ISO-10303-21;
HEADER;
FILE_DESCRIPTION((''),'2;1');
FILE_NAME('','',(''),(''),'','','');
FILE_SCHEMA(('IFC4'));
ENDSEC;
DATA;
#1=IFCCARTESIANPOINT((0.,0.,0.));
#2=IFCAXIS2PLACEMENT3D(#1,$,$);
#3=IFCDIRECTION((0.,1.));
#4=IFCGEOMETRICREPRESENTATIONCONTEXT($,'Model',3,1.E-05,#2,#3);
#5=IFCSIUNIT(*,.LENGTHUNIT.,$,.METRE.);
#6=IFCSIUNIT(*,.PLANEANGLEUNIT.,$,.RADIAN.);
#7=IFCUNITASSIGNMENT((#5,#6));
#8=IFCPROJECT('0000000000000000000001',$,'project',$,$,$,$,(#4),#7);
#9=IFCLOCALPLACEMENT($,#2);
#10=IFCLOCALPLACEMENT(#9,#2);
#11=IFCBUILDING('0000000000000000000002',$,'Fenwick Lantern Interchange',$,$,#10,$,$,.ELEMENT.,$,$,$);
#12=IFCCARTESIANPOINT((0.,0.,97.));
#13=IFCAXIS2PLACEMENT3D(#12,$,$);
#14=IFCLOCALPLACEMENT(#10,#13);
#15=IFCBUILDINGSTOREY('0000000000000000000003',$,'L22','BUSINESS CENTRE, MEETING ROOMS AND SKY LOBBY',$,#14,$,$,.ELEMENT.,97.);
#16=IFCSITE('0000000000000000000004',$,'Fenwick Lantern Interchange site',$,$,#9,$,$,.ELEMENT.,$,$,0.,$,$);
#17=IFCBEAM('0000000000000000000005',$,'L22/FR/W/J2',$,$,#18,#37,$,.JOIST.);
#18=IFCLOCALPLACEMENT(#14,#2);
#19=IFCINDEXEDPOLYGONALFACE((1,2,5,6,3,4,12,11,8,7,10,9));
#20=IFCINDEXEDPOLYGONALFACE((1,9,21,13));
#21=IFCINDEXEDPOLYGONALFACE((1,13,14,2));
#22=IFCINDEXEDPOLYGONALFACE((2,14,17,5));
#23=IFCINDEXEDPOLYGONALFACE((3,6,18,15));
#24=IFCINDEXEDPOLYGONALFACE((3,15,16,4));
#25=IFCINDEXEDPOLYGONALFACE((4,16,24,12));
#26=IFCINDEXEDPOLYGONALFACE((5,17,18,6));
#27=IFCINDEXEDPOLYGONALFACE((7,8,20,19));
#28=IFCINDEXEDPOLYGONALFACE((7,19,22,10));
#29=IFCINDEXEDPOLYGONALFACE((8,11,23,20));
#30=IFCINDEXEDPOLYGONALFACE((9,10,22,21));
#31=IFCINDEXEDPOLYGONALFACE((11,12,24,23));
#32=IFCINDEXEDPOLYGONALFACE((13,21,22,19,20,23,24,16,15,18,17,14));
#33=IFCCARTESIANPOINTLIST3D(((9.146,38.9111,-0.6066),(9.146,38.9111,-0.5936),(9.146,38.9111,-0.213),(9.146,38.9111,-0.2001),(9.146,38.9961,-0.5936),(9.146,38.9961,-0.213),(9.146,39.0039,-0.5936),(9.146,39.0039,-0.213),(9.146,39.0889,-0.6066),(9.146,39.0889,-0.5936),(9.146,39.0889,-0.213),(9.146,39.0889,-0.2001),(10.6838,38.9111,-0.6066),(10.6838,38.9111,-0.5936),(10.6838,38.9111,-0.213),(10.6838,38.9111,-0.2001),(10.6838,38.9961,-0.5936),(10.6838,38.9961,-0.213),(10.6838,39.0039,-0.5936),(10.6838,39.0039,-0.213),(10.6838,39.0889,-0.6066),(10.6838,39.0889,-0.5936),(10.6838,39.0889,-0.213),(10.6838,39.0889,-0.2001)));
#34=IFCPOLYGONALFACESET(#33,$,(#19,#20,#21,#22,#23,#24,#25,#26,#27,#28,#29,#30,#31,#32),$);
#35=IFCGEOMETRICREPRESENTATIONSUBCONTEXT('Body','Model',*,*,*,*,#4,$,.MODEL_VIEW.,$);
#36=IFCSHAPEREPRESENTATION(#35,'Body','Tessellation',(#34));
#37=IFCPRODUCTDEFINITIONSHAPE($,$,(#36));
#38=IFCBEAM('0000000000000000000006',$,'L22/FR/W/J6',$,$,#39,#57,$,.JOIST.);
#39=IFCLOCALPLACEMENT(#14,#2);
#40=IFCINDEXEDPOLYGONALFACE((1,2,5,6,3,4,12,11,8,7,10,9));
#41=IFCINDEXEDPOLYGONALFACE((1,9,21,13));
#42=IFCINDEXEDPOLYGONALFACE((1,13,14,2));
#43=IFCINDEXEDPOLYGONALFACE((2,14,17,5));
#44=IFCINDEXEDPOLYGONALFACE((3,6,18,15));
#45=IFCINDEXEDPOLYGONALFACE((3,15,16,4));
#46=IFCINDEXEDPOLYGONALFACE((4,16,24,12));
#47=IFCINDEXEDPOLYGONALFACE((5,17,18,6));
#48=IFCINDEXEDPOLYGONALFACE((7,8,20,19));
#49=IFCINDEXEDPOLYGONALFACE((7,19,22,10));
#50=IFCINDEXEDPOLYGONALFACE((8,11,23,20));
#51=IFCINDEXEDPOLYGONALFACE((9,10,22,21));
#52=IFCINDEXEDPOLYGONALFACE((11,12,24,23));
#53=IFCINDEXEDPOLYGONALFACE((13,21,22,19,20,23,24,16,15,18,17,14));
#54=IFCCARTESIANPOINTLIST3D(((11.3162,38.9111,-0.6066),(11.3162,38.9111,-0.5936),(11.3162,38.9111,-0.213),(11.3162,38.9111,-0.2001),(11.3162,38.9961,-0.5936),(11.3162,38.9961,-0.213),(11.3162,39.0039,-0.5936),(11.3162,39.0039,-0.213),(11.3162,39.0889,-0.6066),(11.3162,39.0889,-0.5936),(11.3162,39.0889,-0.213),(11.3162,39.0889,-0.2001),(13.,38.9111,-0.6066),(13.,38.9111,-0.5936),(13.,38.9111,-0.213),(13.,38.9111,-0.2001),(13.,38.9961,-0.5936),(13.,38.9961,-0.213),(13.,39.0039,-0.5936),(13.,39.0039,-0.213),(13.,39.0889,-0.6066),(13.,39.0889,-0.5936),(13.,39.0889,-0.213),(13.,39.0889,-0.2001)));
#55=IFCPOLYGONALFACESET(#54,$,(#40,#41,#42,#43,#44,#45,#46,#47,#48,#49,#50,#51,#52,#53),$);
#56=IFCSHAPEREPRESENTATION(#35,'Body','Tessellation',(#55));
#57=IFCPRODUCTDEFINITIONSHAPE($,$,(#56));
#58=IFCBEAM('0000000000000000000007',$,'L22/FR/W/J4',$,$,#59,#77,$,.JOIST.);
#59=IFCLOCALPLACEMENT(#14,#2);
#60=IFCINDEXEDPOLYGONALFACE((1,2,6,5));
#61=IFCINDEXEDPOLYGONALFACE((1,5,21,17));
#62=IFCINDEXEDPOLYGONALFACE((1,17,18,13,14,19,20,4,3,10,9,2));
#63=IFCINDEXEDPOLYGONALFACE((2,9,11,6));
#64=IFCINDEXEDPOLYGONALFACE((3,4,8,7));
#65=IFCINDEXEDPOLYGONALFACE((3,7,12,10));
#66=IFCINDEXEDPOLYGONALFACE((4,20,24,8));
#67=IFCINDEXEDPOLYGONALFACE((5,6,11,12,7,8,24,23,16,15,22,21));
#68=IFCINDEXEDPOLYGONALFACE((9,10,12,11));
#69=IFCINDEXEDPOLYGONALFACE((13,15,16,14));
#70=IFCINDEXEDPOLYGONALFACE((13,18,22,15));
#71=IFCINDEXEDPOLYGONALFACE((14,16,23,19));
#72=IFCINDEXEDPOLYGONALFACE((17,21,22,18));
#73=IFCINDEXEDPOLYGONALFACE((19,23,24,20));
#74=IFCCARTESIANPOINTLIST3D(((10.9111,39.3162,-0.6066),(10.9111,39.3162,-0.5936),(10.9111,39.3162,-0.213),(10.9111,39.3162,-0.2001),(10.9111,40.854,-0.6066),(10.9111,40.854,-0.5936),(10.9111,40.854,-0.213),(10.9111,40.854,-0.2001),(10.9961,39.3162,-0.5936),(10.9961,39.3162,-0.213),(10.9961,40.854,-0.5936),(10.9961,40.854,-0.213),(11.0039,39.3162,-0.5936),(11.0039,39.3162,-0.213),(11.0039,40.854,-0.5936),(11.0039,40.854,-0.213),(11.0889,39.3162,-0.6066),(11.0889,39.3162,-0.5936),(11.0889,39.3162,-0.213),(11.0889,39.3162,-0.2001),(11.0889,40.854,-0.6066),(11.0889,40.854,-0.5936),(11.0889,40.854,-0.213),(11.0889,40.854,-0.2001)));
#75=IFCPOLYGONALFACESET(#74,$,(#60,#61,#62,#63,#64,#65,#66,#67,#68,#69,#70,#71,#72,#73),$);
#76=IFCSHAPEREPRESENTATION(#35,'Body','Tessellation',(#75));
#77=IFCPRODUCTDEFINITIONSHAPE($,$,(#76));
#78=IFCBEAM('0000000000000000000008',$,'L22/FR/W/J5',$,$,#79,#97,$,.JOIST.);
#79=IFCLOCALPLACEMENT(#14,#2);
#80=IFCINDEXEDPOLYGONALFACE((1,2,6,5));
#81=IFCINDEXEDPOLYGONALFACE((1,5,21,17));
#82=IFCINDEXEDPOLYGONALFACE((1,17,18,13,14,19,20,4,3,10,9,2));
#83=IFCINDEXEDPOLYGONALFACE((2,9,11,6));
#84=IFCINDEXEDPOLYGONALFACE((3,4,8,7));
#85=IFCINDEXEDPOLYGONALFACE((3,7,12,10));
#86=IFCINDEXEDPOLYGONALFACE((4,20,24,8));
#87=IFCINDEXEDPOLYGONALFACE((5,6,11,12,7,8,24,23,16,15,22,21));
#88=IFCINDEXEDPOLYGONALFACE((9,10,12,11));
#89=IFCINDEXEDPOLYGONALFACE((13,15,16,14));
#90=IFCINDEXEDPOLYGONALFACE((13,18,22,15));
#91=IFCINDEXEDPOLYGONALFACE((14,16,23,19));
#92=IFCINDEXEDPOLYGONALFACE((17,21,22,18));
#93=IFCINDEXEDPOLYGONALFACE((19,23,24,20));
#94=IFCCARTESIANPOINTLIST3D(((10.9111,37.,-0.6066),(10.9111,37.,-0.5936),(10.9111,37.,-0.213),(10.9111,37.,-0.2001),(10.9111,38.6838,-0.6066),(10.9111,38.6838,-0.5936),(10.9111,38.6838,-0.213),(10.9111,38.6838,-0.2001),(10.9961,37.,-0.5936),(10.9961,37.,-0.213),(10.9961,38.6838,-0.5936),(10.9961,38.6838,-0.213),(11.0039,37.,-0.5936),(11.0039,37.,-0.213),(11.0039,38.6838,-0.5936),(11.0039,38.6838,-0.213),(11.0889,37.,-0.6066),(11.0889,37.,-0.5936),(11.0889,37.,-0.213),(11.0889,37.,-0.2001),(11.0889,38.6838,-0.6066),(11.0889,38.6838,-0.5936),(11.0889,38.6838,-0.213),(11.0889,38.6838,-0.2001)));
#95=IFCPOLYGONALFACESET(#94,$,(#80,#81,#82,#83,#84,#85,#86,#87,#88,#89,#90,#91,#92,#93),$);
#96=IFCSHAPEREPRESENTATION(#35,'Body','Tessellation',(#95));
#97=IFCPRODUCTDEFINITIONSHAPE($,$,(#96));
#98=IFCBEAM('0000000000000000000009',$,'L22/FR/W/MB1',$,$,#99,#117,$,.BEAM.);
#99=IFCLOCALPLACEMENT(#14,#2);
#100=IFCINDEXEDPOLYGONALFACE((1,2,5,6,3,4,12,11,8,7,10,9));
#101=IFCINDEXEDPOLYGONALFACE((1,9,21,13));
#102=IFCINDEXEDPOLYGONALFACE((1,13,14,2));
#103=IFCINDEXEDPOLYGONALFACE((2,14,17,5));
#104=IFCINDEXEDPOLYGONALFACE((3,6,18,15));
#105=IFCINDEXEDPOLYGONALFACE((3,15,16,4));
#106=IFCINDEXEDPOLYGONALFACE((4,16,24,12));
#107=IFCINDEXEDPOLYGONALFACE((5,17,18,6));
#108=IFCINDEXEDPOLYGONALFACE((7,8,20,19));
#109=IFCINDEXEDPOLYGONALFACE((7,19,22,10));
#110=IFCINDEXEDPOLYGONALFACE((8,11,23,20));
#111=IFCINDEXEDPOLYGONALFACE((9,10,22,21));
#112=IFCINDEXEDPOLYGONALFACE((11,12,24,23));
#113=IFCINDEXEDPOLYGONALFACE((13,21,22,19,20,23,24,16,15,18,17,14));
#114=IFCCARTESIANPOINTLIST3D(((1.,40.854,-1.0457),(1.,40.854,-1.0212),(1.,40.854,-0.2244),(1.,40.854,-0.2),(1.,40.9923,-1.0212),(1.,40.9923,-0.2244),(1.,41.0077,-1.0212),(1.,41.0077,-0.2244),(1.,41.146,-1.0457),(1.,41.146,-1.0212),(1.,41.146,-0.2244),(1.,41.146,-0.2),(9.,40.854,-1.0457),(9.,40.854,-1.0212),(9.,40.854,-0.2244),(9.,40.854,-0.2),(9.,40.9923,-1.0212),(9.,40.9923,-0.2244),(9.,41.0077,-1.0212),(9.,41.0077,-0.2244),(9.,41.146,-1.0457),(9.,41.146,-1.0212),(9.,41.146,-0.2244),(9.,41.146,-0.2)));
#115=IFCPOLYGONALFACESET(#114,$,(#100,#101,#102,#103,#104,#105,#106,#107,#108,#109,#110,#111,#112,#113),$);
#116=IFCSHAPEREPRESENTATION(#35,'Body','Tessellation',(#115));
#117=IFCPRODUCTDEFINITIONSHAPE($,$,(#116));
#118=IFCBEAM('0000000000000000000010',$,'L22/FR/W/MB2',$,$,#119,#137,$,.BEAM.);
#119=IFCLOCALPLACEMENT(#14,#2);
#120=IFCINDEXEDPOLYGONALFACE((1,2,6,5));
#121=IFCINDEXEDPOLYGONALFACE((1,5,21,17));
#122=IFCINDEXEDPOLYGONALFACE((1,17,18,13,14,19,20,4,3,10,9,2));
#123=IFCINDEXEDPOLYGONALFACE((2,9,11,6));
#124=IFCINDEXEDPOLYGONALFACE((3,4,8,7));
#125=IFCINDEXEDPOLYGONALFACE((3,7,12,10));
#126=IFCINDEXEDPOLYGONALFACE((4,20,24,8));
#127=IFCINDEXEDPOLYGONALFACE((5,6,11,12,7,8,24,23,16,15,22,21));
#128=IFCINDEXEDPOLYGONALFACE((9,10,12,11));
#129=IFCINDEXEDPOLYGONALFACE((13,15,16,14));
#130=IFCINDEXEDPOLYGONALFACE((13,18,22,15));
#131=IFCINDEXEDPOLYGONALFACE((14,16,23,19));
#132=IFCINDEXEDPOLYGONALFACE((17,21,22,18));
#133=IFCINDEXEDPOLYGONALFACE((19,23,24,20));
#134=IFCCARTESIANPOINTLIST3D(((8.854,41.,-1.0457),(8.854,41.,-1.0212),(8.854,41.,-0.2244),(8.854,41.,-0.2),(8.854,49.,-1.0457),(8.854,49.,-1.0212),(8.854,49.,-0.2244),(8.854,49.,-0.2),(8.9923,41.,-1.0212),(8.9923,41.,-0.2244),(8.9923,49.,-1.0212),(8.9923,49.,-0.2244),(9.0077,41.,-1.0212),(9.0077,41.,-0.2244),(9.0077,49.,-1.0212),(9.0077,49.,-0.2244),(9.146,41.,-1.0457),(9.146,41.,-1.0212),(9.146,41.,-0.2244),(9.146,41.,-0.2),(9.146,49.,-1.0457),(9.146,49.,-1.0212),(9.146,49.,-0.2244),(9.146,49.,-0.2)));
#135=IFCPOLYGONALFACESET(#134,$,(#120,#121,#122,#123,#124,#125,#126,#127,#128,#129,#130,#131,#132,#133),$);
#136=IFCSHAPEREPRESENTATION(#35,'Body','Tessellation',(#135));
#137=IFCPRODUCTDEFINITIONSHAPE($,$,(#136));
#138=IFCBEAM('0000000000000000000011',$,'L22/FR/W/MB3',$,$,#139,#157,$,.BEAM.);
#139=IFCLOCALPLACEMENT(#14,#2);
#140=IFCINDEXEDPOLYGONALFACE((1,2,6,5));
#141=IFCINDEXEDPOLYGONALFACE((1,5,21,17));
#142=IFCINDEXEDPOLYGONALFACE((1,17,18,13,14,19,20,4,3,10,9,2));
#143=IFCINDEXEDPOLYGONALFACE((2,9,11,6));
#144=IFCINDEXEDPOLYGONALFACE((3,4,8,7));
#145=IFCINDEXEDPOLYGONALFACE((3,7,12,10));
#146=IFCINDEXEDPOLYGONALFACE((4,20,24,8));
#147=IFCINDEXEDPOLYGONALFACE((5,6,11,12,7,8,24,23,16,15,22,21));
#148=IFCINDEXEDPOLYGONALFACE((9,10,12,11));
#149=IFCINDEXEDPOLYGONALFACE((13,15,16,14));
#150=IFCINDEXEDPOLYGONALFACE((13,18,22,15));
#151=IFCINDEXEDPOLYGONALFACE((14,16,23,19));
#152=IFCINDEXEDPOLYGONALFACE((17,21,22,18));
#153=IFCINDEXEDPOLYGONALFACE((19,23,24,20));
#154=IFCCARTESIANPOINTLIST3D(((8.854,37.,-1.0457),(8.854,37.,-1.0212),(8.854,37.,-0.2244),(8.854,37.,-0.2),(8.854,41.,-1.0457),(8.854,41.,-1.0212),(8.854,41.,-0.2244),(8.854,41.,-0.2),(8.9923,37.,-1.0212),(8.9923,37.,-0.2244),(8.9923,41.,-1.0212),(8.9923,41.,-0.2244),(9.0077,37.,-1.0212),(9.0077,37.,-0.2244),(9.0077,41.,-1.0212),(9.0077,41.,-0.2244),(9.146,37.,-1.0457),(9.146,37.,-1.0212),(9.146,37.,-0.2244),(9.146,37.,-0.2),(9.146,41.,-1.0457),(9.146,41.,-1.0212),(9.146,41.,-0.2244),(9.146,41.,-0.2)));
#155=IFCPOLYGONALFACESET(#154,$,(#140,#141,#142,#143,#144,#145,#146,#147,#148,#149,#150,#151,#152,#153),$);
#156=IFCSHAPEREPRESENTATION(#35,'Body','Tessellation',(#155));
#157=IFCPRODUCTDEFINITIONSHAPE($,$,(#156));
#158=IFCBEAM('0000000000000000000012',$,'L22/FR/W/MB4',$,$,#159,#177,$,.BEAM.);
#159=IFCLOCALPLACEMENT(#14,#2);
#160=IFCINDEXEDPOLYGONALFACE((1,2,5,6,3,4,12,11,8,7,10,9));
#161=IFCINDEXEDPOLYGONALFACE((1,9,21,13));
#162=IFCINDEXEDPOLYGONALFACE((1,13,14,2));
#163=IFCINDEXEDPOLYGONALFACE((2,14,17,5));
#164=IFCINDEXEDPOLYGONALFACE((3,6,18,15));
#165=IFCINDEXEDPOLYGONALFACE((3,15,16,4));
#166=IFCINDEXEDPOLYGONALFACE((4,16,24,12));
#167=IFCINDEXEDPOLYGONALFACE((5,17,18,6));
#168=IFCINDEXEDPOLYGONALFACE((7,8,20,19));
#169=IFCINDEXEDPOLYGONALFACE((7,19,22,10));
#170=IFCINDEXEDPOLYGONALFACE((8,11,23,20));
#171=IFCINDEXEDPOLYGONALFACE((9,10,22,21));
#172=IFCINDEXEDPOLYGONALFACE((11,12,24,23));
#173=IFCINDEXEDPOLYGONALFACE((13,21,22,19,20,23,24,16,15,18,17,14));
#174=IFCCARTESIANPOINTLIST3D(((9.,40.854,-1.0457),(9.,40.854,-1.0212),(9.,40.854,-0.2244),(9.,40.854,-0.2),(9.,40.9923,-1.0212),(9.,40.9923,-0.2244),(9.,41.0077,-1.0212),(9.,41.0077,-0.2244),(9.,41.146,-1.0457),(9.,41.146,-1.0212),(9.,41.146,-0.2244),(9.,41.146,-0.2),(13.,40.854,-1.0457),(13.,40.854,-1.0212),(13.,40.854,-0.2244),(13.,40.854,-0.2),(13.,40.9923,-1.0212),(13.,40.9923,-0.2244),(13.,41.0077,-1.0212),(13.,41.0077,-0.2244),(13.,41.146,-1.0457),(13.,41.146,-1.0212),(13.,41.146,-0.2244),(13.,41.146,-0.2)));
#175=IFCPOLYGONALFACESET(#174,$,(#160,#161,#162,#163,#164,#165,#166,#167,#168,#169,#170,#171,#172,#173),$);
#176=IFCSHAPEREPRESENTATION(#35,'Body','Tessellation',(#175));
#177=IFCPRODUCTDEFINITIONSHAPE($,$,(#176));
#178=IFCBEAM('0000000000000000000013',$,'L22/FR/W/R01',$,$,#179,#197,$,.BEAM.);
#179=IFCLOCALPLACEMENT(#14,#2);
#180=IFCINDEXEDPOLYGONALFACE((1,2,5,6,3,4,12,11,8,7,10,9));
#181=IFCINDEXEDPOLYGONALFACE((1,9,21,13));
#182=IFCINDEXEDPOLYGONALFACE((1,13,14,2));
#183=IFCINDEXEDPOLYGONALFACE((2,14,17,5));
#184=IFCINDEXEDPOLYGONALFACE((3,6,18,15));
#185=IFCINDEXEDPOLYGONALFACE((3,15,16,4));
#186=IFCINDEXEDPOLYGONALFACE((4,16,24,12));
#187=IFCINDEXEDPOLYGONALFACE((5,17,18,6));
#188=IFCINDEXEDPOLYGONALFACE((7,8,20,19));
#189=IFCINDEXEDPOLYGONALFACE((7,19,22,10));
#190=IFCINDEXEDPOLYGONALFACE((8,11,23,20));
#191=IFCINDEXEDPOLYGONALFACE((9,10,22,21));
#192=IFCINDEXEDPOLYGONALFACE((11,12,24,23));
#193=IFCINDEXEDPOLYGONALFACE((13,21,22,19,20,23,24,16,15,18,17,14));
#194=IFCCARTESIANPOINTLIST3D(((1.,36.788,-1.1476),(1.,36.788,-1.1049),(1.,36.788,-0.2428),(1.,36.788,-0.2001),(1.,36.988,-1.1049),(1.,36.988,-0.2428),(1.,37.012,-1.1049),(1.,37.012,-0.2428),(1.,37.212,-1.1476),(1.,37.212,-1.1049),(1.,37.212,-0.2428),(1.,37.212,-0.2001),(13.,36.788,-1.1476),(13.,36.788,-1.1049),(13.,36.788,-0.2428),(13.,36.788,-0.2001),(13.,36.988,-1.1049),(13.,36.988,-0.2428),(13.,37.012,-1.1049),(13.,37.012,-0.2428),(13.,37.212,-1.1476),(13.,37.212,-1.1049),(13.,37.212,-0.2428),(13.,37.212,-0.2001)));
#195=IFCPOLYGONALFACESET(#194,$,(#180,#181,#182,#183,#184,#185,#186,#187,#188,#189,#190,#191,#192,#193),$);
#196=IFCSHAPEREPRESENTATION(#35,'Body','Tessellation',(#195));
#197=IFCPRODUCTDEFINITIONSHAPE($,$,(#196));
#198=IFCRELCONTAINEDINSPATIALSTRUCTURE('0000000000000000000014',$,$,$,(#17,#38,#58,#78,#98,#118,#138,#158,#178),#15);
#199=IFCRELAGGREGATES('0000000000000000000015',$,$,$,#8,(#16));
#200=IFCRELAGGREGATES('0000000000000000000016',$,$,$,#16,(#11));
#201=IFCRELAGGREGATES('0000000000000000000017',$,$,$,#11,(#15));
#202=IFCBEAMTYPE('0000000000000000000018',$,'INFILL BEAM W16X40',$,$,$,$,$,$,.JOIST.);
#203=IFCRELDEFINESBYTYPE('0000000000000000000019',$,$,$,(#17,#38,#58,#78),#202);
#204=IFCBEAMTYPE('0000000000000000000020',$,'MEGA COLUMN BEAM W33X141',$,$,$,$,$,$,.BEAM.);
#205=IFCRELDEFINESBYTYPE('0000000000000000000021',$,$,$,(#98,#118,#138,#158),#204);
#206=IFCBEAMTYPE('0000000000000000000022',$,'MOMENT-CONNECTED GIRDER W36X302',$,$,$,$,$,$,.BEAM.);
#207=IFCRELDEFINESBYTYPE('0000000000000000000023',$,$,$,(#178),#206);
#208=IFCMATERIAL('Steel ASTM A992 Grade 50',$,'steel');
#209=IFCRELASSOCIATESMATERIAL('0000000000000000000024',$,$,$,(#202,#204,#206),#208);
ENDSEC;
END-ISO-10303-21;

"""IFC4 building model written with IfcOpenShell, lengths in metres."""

from ifc_helpers import new_model, si_unit, direction, frame, origin, origin_2d, place, context, subcontext, project, spatial, i_section, extrude, material, material_profile, profile_set, type_object, element, save


model = new_model("IFC4")

# Units and contexts
model_context = context("Model", 3, precision=1e-05, world=origin(), true_north=direction((0.0, 1.0)))
body_context = subcontext(model_context, "Body", "Model", "MODEL_VIEW")
ifc_project = project(units=[si_unit("LENGTHUNIT", "METRE"), si_unit("PLANEANGLEUNIT", "RADIAN")], contexts=[model_context])

# Site, building, storey
site_placement = place(None, origin())
site = spatial("IfcSite", under=ifc_project, at=site_placement, Name="Fenwick Lantern Interchange site", CompositionType="ELEMENT", RefElevation=0.0)
building_placement = place(site_placement, origin())
building = spatial("IfcBuilding", under=site, at=building_placement, Name="Fenwick Lantern Interchange", CompositionType="ELEMENT")
storey_placement = place(building_placement, frame((0.0, 0.0, 97.0)))
storey = spatial("IfcBuildingStorey", under=building, at=storey_placement, Name="L22", Description="BUSINESS CENTRE, MEETING ROOMS AND SKY LOBBY", CompositionType="ELEMENT", Elevation=97.0)

# Shared definitions
ifc_material_1 = material(Name="Steel ASTM A992 Grade 50", Category="steel")

# Beams
ifc_material_profile_1 = material_profile(ifc_material_1, i_section(OverallWidth=0.1777, OverallDepth=0.4065, WebThickness=0.0078, FlangeThickness=0.0129, at=origin_2d()), Name="W16X40")
ifc_profile_set_1 = profile_set([ifc_material_profile_1], Name="Steel ASTM A992 Grade 50")
beam_type_1 = type_object("IfcBeamType", Name="INFILL BEAM W16X40", PredefinedType="JOIST", material=ifc_profile_set_1)
beam_1_placement = place(storey_placement, frame((9.146, 39.0, -0.4033), z_axis=(1.0, 0.0, 0.0), x_axis=(0.0, 1.0, 0.0)))
element("IfcBeam", 1, at=beam_1_placement, inside=storey, type_object=beam_type_1, Name="L22/FR/W/J2", PredefinedType="JOIST", context=body_context, shape_type="SweptSolid", body=[
    extrude(i_section(OverallWidth=0.1777, OverallDepth=0.4065, WebThickness=0.0078, FlangeThickness=0.0129, at=origin_2d()), origin(), (0.0, 0.0, 1.0), 1.5378),
])
beam_2_placement = place(storey_placement, frame((11.3162, 39.0, -0.4033), z_axis=(1.0, 0.0, 0.0), x_axis=(0.0, 1.0, 0.0)))
element("IfcBeam", 2, at=beam_2_placement, inside=storey, type_object=beam_type_1, Name="L22/FR/W/J6", PredefinedType="JOIST", context=body_context, shape_type="SweptSolid", body=[
    extrude(i_section(OverallWidth=0.1777, OverallDepth=0.4065, WebThickness=0.0078, FlangeThickness=0.0129, at=origin_2d()), origin(), (0.0, 0.0, 1.0), 1.6838),
])
beam_3_placement = place(storey_placement, frame((11.0, 40.854, -0.4033), z_axis=(0.0, -1.0, 0.0), x_axis=(1.0, 0.0, 0.0)))
element("IfcBeam", 3, at=beam_3_placement, inside=storey, type_object=beam_type_1, Name="L22/FR/W/J4", PredefinedType="JOIST", context=body_context, shape_type="SweptSolid", body=[
    extrude(i_section(OverallWidth=0.1777, OverallDepth=0.4065, WebThickness=0.0078, FlangeThickness=0.0129, at=origin_2d()), origin(), (0.0, 0.0, 1.0), 1.5378),
])
beam_4_placement = place(storey_placement, frame((11.0, 38.6838, -0.4033), z_axis=(0.0, -1.0, 0.0), x_axis=(1.0, 0.0, 0.0)))
element("IfcBeam", 4, at=beam_4_placement, inside=storey, type_object=beam_type_1, Name="L22/FR/W/J5", PredefinedType="JOIST", context=body_context, shape_type="SweptSolid", body=[
    extrude(i_section(OverallWidth=0.1777, OverallDepth=0.4065, WebThickness=0.0078, FlangeThickness=0.0129, at=origin_2d()), origin(), (0.0, 0.0, 1.0), 1.6838),
])
ifc_material_profile_2 = material_profile(ifc_material_1, i_section(OverallWidth=0.292, OverallDepth=0.8457, WebThickness=0.0154, FlangeThickness=0.0244, at=origin_2d()), Name="W33X141")
ifc_profile_set_2 = profile_set([ifc_material_profile_2], Name="Steel ASTM A992 Grade 50")
beam_type_2 = type_object("IfcBeamType", Name="MEGA COLUMN BEAM W33X141", PredefinedType="BEAM", material=ifc_profile_set_2)
for number, where, z_axis, x_axis, name in (
    (5, (9.0, 41.0, -0.6228), (-1.0, 0.0, 0.0), (0.0, -1.0, 0.0), "L22/FR/W/MB1"),
    (6, (9.0, 41.0, -0.6228), (0.0, 1.0, 0.0), (-1.0, 0.0, 0.0), "L22/FR/W/MB2"),
):
    element("IfcBeam", number, at=place(storey_placement, frame(where, z_axis=z_axis, x_axis=x_axis)), inside=storey, type_object=beam_type_2, Name=name, PredefinedType="BEAM", context=body_context, shape_type="SweptSolid", body=[
        extrude(i_section(OverallWidth=0.292, OverallDepth=0.8457, WebThickness=0.0154, FlangeThickness=0.0244, at=origin_2d()), origin(), (0.0, 0.0, 1.0), 8.0),
    ])
for number, where, z_axis, x_axis, name in (
    (7, (9.0, 41.0, -0.6228), (0.0, -1.0, 0.0), (1.0, 0.0, 0.0), "L22/FR/W/MB3"),
    (8, (9.0, 41.0, -0.6228), (1.0, 0.0, 0.0), (0.0, 1.0, 0.0), "L22/FR/W/MB4"),
):
    element("IfcBeam", number, at=place(storey_placement, frame(where, z_axis=z_axis, x_axis=x_axis)), inside=storey, type_object=beam_type_2, Name=name, PredefinedType="BEAM", context=body_context, shape_type="SweptSolid", body=[
        extrude(i_section(OverallWidth=0.292, OverallDepth=0.8457, WebThickness=0.0154, FlangeThickness=0.0244, at=origin_2d()), origin(), (0.0, 0.0, 1.0), 4.0),
    ])
ifc_material_profile_3 = material_profile(ifc_material_1, i_section(OverallWidth=0.4241, OverallDepth=0.9475, WebThickness=0.0239, FlangeThickness=0.0427, at=origin_2d()), Name="W36X302")
ifc_profile_set_3 = profile_set([ifc_material_profile_3], Name="Steel ASTM A992 Grade 50")
beam_type_3 = type_object("IfcBeamType", Name="MOMENT-CONNECTED GIRDER W36X302", PredefinedType="BEAM", material=ifc_profile_set_3)
beam_5_placement = place(storey_placement, frame((1.0, 37.0, -0.6738), z_axis=(1.0, 0.0, 0.0), x_axis=(0.0, 1.0, 0.0)))
element("IfcBeam", 9, at=beam_5_placement, inside=storey, type_object=beam_type_3, Name="L22/FR/W/R01", PredefinedType="BEAM", context=body_context, shape_type="SweptSolid", body=[
    extrude(i_section(OverallWidth=0.4241, OverallDepth=0.9475, WebThickness=0.0239, FlangeThickness=0.0427, at=origin_2d()), origin(), (0.0, 0.0, 1.0), 12.0),
])

save(model, "model.ifc")
